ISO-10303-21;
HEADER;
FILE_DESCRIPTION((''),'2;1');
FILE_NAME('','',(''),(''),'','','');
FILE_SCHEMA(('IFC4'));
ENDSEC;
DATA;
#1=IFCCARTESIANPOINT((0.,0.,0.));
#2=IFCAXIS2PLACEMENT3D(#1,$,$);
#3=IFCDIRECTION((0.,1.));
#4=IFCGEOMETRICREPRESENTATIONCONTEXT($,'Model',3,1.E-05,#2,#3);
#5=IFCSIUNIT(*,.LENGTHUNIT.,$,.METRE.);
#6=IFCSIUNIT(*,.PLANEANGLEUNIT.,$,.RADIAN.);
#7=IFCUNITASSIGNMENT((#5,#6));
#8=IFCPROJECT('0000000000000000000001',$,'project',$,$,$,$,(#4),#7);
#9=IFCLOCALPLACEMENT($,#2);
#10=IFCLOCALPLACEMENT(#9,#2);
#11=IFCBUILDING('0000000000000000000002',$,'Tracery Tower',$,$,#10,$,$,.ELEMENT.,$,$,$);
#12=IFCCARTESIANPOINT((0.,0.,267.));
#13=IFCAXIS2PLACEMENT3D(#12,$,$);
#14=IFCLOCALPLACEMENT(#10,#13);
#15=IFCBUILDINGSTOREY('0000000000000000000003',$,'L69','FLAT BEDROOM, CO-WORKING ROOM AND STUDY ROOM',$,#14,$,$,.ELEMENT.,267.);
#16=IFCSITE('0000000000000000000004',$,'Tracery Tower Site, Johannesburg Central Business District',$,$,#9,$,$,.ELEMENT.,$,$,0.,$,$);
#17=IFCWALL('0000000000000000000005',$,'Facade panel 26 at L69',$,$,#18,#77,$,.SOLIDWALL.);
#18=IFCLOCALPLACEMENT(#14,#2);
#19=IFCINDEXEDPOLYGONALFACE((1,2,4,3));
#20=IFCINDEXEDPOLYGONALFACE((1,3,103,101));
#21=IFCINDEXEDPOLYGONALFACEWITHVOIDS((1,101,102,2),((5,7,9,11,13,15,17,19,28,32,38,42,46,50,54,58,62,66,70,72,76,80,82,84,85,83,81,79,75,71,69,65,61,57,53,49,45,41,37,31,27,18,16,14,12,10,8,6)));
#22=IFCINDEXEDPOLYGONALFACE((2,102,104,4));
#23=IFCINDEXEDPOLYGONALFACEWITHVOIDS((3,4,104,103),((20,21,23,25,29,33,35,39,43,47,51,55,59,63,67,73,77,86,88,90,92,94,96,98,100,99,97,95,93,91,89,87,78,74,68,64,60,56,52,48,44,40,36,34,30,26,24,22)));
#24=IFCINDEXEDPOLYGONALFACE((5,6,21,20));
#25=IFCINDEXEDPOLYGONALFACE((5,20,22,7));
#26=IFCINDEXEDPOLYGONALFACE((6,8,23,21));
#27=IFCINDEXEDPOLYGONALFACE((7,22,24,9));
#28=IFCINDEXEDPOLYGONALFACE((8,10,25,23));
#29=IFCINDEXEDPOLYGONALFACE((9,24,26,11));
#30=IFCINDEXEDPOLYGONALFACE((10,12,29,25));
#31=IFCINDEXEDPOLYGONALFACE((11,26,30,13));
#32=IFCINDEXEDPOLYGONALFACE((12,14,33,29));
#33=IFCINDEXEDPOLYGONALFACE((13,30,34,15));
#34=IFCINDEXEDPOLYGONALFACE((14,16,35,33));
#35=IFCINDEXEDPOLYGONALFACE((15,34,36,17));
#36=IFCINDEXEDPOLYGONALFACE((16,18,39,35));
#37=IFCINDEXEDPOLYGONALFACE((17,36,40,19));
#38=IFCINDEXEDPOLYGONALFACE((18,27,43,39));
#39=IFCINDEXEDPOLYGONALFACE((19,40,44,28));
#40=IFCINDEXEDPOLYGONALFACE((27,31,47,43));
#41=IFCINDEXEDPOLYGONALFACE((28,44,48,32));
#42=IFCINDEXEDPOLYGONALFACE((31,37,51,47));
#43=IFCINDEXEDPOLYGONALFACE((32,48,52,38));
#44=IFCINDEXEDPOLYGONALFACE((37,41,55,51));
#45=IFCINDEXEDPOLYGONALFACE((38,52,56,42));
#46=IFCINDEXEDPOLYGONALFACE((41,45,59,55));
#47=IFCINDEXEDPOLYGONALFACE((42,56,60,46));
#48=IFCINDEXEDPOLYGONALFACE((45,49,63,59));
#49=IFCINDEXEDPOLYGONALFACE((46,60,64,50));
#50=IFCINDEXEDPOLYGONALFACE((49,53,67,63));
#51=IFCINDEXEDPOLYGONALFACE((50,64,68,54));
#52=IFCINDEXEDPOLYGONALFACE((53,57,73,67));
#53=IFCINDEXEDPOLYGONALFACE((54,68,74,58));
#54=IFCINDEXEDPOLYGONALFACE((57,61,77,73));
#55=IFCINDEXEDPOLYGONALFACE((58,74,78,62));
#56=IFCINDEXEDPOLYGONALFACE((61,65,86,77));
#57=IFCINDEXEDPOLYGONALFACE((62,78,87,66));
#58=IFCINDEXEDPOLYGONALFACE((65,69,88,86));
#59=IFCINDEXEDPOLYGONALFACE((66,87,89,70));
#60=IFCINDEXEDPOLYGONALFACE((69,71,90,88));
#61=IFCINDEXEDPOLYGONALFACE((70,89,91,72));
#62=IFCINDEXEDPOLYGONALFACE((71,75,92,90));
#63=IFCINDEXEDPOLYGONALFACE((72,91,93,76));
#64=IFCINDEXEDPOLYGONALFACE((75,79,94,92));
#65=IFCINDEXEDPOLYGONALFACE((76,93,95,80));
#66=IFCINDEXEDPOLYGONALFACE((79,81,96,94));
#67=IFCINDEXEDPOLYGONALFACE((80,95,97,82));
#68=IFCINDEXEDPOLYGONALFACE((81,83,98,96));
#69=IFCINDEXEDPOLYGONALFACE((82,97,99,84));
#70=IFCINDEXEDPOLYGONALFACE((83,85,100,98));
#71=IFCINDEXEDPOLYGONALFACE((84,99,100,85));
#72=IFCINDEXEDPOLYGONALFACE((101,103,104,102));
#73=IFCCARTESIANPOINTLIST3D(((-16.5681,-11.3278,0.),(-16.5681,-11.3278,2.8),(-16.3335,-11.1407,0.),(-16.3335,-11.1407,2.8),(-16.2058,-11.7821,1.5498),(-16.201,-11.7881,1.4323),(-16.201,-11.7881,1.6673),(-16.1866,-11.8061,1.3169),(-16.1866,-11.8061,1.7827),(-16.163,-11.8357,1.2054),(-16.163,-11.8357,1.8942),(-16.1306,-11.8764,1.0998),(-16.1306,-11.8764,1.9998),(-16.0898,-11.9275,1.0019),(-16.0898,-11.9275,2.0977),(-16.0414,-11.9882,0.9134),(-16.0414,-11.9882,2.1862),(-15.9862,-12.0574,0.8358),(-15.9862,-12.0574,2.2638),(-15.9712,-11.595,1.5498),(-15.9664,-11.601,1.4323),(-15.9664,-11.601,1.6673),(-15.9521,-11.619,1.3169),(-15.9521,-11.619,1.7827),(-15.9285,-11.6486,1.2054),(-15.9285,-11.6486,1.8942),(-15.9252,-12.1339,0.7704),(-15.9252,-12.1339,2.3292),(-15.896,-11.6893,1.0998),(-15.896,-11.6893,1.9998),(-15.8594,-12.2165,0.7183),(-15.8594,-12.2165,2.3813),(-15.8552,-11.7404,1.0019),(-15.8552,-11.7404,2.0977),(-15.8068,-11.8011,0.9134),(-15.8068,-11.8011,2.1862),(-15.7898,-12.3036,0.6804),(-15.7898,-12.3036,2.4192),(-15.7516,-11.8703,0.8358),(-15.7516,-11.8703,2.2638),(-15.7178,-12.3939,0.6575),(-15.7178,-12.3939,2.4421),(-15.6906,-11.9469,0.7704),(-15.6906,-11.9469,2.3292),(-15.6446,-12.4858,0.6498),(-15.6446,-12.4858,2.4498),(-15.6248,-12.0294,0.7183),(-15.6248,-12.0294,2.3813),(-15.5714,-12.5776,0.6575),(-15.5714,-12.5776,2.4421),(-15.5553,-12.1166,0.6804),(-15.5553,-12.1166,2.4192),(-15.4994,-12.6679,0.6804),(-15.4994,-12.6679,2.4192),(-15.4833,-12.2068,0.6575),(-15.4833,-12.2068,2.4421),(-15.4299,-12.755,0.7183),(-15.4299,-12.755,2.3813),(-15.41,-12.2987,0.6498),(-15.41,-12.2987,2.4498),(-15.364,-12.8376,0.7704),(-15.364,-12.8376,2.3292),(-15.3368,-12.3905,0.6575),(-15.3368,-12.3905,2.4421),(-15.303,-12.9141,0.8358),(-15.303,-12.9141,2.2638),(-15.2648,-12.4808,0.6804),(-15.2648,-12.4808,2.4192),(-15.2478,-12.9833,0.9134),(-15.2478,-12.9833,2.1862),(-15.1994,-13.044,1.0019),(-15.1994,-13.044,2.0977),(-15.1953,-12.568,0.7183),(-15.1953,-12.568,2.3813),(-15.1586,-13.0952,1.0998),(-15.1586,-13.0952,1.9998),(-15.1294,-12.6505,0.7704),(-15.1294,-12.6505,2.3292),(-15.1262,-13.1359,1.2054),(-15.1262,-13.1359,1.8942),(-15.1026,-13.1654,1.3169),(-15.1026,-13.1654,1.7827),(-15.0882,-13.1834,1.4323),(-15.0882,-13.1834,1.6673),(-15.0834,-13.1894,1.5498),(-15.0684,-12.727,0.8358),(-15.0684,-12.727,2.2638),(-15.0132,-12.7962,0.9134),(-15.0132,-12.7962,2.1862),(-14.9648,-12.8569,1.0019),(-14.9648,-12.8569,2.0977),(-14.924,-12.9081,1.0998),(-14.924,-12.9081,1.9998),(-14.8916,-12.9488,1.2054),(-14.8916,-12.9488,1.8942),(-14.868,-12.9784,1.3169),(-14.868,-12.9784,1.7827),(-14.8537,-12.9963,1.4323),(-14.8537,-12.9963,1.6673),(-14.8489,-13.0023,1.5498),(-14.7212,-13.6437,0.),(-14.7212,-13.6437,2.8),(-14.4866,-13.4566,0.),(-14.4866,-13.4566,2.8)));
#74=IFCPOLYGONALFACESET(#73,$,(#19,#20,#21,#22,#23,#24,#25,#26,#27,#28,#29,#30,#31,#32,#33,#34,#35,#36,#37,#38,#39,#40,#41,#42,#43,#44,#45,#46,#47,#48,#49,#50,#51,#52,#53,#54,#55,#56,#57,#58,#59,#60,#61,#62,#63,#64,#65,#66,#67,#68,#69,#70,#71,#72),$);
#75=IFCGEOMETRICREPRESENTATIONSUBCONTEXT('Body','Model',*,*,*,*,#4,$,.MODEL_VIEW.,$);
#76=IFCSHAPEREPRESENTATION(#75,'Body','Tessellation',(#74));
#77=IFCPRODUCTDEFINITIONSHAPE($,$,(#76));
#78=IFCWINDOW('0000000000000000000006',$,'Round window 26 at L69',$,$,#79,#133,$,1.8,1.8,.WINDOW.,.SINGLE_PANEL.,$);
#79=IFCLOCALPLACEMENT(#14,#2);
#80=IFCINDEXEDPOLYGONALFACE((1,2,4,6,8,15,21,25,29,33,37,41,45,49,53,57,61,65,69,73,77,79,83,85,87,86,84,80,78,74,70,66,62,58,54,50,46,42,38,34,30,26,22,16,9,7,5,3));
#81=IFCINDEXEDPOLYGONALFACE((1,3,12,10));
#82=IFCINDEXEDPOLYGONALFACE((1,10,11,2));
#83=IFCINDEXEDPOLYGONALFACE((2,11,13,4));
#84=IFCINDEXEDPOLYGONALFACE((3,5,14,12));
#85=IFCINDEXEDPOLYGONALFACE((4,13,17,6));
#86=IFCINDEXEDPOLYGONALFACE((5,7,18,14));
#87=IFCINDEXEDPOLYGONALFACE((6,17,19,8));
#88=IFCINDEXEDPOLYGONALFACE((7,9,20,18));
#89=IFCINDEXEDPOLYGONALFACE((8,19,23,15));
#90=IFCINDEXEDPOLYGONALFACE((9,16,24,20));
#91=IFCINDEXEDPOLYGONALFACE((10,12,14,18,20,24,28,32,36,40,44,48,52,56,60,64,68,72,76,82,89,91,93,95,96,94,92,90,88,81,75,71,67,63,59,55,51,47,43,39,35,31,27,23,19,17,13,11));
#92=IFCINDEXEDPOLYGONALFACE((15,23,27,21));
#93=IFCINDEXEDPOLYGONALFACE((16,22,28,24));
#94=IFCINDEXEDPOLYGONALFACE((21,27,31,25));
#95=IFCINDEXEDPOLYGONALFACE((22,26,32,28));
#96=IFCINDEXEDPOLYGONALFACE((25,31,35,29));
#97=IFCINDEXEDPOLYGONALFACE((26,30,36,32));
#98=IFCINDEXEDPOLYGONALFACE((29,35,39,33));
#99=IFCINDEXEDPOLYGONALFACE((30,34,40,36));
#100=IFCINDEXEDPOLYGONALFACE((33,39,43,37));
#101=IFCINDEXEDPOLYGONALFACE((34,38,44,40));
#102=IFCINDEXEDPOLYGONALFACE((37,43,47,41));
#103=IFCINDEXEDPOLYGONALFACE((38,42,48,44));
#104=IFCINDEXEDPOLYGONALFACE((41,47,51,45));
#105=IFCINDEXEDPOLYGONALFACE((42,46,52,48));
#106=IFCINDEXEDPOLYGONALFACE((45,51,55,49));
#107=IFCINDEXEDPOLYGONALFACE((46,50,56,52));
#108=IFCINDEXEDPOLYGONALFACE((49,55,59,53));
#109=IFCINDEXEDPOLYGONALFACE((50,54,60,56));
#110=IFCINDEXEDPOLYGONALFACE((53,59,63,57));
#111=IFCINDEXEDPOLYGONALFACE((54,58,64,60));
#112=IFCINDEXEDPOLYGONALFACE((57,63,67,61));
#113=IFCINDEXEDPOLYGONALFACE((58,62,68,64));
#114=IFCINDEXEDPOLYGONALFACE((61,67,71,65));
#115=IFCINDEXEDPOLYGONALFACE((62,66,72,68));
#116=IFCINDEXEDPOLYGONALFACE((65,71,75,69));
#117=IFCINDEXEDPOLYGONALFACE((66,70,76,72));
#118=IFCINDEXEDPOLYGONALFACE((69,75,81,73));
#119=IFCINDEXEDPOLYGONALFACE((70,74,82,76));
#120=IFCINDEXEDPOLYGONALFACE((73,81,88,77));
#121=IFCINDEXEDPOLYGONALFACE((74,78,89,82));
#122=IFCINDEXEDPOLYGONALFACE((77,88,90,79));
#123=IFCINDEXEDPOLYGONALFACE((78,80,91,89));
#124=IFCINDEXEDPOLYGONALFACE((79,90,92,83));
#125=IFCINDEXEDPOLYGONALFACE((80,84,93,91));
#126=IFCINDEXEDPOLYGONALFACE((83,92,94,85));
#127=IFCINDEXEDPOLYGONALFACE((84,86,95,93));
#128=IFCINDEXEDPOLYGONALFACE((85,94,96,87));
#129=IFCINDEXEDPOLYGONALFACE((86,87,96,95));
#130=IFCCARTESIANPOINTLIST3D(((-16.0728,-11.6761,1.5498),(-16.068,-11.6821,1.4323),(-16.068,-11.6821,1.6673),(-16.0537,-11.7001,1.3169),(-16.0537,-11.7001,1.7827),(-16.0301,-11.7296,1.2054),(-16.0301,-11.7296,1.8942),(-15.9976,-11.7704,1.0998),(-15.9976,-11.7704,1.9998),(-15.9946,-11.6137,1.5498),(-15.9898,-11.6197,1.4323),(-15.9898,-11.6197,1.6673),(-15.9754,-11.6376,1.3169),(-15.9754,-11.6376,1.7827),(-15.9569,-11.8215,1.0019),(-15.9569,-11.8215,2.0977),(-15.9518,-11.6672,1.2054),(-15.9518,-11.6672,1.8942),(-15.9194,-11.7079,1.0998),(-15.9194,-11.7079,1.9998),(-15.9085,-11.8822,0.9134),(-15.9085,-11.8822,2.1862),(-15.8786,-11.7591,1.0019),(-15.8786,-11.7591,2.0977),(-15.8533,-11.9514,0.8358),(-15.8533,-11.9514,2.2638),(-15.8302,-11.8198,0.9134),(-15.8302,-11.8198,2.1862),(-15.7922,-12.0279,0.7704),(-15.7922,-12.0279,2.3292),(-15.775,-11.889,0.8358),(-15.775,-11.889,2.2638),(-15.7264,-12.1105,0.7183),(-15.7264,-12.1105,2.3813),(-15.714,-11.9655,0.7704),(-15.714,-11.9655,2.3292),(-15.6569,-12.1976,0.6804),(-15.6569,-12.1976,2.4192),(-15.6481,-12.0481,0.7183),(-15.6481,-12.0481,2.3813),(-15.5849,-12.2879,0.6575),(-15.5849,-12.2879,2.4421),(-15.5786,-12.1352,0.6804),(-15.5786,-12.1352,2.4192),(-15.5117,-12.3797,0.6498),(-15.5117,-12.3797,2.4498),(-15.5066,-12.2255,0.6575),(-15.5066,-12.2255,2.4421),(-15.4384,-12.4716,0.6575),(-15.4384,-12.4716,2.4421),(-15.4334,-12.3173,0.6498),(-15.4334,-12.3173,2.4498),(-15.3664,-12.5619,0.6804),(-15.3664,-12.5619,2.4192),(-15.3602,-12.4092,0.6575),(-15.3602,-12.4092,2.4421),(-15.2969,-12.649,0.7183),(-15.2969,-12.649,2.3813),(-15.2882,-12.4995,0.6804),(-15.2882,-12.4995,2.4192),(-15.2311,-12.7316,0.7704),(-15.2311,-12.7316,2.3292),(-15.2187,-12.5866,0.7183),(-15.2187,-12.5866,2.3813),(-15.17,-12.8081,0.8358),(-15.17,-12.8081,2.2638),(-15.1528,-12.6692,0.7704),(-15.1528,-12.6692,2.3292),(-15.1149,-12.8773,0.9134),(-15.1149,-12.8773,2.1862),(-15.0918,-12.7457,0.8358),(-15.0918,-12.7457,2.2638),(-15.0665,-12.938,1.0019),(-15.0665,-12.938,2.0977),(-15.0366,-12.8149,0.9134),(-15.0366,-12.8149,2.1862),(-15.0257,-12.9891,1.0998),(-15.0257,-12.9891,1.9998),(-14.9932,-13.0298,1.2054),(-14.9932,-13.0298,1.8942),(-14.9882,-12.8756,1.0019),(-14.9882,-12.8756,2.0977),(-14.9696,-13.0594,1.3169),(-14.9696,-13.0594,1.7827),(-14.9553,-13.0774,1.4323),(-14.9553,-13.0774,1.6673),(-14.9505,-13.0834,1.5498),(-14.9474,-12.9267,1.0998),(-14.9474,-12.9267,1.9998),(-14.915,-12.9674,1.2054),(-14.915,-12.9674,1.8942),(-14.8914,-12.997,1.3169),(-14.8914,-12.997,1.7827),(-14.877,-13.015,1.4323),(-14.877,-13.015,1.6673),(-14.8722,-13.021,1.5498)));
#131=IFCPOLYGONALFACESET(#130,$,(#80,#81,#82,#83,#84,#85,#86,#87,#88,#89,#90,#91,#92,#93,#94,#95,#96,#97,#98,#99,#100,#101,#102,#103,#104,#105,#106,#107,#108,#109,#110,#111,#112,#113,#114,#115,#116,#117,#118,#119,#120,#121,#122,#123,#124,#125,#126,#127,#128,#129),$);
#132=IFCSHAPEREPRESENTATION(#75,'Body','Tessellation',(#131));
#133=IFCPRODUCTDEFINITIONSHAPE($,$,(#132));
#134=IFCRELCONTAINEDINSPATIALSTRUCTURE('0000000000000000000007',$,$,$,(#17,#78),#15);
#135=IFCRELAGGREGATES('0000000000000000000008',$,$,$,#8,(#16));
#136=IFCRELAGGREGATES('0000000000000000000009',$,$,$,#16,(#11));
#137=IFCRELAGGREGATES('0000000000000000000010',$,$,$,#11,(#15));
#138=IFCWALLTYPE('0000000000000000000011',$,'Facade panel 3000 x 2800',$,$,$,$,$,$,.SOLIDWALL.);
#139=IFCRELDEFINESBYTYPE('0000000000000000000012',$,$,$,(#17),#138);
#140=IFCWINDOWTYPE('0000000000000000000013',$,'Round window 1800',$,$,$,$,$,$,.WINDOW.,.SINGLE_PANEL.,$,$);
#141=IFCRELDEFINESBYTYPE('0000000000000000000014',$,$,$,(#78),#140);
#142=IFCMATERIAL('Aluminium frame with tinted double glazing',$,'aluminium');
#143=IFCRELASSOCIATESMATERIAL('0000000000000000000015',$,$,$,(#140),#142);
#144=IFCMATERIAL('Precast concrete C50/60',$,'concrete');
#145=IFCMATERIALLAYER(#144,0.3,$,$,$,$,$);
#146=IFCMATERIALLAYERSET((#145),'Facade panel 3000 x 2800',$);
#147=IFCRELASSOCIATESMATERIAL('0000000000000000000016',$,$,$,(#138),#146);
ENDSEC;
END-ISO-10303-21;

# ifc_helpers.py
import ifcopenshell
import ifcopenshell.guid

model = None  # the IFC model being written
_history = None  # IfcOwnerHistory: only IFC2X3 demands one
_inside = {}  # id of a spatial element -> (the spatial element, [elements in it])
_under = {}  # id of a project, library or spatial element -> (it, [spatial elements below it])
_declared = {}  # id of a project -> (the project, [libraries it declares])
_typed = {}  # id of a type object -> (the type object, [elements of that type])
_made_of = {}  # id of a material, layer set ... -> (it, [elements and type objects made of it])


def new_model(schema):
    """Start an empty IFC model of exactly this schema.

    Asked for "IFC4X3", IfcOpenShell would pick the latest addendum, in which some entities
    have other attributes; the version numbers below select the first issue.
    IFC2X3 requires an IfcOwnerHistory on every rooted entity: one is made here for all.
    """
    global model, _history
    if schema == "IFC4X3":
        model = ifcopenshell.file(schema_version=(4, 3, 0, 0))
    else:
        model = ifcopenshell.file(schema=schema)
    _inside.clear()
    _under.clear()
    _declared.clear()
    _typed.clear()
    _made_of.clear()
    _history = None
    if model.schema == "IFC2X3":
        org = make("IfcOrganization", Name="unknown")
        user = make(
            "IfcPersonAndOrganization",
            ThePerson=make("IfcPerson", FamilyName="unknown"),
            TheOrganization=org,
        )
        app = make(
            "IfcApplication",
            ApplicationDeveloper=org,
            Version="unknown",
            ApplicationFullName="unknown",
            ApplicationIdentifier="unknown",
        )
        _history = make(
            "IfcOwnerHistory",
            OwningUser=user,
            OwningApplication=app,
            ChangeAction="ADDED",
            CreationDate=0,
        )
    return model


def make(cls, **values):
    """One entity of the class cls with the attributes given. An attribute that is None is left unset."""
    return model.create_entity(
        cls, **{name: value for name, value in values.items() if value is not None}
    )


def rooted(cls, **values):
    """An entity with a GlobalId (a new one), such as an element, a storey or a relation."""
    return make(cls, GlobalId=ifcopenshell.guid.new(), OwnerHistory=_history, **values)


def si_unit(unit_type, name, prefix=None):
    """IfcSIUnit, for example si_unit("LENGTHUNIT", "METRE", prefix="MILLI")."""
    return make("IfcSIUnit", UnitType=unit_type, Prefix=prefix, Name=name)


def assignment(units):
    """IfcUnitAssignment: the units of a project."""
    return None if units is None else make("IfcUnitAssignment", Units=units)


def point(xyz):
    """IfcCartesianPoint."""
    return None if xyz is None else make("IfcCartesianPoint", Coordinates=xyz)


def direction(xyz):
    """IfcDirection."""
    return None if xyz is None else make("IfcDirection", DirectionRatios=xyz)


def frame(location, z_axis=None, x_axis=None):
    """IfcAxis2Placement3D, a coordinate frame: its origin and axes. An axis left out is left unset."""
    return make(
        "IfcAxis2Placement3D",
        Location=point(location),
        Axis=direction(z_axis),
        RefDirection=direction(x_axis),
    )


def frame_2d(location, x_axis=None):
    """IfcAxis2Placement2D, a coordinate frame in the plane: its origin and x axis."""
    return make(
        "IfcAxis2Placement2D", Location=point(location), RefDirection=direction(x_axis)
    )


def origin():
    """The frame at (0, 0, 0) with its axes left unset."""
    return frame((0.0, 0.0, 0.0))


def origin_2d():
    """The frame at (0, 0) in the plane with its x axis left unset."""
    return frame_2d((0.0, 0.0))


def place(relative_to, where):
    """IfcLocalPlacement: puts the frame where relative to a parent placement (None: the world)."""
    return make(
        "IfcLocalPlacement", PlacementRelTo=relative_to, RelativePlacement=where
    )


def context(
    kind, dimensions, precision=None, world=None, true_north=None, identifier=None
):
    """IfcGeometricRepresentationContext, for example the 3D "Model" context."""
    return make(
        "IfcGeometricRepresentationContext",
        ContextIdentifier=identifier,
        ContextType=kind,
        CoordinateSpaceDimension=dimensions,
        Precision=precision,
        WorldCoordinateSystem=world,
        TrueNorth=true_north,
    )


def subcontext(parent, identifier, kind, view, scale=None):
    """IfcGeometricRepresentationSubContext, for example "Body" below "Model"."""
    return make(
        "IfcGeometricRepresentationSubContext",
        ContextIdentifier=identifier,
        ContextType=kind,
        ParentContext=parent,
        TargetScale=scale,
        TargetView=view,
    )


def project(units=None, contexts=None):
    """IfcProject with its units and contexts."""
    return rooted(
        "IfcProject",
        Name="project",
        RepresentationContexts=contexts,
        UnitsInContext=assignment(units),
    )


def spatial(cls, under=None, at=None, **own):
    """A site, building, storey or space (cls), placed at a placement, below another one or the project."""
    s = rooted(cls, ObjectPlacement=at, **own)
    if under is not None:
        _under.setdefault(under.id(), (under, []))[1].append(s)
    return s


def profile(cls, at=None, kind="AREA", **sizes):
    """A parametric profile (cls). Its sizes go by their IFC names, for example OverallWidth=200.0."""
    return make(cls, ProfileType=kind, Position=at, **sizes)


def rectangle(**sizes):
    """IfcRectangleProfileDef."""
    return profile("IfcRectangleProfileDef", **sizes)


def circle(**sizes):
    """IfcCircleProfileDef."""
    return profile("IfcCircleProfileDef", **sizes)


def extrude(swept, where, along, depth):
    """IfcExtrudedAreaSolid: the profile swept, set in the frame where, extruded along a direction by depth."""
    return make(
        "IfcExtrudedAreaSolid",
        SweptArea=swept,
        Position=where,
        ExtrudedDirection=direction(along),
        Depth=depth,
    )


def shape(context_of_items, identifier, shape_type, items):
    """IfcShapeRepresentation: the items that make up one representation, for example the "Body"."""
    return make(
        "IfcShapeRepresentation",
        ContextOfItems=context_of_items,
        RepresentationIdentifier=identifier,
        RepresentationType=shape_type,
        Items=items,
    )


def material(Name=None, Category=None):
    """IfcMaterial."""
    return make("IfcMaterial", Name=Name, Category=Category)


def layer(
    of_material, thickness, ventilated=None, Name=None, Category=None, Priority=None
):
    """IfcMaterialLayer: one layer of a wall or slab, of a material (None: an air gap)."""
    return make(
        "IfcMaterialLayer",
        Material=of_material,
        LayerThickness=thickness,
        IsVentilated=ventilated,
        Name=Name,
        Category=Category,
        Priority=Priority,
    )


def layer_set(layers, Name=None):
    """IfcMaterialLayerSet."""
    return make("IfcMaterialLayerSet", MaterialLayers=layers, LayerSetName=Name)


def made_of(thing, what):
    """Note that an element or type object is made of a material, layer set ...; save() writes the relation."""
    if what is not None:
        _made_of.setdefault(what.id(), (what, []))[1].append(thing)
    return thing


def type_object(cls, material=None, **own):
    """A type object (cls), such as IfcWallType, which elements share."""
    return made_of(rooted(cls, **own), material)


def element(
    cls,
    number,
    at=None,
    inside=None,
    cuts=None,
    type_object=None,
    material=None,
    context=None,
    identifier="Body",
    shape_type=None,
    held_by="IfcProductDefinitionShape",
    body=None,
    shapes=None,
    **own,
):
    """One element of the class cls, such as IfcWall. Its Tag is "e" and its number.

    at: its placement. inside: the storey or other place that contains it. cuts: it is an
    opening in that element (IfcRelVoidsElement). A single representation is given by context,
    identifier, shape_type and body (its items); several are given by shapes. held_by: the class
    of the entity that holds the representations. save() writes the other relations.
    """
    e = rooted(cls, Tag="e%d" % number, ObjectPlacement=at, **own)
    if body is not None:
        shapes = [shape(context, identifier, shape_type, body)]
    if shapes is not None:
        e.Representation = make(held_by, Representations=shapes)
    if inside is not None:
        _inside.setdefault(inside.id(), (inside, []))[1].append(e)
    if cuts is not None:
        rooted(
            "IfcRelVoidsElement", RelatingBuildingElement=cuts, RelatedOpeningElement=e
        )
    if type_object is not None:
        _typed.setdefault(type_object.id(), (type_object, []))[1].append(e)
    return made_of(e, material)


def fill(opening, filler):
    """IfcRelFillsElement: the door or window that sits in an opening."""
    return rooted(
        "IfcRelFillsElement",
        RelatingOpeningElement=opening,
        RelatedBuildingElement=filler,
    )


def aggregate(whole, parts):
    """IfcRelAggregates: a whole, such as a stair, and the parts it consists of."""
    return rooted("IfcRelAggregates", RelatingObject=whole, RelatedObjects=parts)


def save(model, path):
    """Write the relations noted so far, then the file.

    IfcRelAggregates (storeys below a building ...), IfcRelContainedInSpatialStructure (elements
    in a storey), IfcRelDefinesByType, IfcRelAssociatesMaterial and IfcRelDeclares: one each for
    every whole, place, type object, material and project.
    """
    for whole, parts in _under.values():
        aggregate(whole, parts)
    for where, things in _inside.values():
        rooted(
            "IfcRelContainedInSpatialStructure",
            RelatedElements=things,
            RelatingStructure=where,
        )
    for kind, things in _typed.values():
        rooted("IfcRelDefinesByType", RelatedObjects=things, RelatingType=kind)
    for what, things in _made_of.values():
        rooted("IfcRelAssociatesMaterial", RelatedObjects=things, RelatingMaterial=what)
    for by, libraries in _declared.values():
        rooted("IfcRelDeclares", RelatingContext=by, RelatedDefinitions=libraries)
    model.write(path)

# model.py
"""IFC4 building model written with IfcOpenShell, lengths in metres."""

from ifc_helpers import new_model, si_unit, direction, frame, frame_2d, origin, origin_2d, place, context, subcontext, project, spatial, rectangle, circle, extrude, material, layer, layer_set, type_object, element, fill, save


model = new_model("IFC4")

# Units and contexts
model_context = context("Model", 3, precision=1e-05, world=origin(), true_north=direction((0.0, 1.0)))
body_context = subcontext(model_context, "Body", "Model", "MODEL_VIEW")
ifc_project = project(units=[si_unit("LENGTHUNIT", "METRE"), si_unit("PLANEANGLEUNIT", "RADIAN")], contexts=[model_context])

# Site, building, storey
site_placement = place(None, origin())
site = spatial("IfcSite", under=ifc_project, at=site_placement, Name="Tracery Tower Site, Johannesburg Central Business District", CompositionType="ELEMENT", RefElevation=0.0)
building_placement = place(site_placement, origin())
building = spatial("IfcBuilding", under=site, at=building_placement, Name="Tracery Tower", CompositionType="ELEMENT")
storey_placement = place(building_placement, frame((0.0, 0.0, 267.0)))
storey = spatial("IfcBuildingStorey", under=building, at=storey_placement, Name="L69", Description="FLAT BEDROOM, CO-WORKING ROOM AND STUDY ROOM", CompositionType="ELEMENT", Elevation=267.0)

# Wall, opening, window
ifc_material_1 = material(Name="Aluminium frame with tinted double glazing", Category="aluminium")
window_type = type_object("IfcWindowType", Name="Round window 1800", PartitioningType="SINGLE_PANEL", PredefinedType="WINDOW", material=ifc_material_1)
ifc_material_2 = material(Name="Precast concrete C50/60", Category="concrete")
ifc_layer_1 = layer(ifc_material_2, 0.3)
ifc_layer_set_1 = layer_set([ifc_layer_1], Name="Facade panel 3000 x 2800")
wall_type_1 = type_object("IfcWallType", Name="Facade panel 3000 x 2800", PredefinedType="SOLIDWALL", material=ifc_layer_set_1)
wall_1_placement = place(storey_placement, frame((-16.4507, -11.2344, 0.0), z_axis=(0.0, 0.0, 1.0), x_axis=(0.623498, -0.781825, 0.0)))
wall_1 = element("IfcWall", 1, at=wall_1_placement, inside=storey, type_object=wall_type_1, Name="Facade panel 26 at L69", PredefinedType="SOLIDWALL", context=body_context, shape_type="SweptSolid", body=[
    extrude(rectangle(XDim=2.9622, YDim=0.3, at=frame_2d((1.481, 0.0))), origin(), (0.0, 0.0, 1.0), 2.8),
])
opening_1_placement = place(wall_1_placement, frame((1.481, 0.0, 1.5498)))
opening_1 = element("IfcOpeningElement", 2, at=opening_1_placement, cuts=wall_1, PredefinedType="OPENING", context=body_context, shape_type="SweptSolid", body=[
    extrude(circle(Radius=0.9, at=origin_2d()), frame((0.0, 0.1599, 0.0), z_axis=(0.0, -1.0, 0.0), x_axis=(1.0, 0.0, 0.0)), (0.0, 0.0, 1.0), 0.3201),
])
window_1_placement = place(opening_1_placement, origin())
window_1 = element("IfcWindow", 3, at=window_1_placement, inside=storey, type_object=window_type, Name="Round window 26 at L69", OverallHeight=1.8, OverallWidth=1.8, PartitioningType="SINGLE_PANEL", PredefinedType="WINDOW", context=body_context, shape_type="SweptSolid", body=[
    extrude(circle(Radius=0.9, at=origin_2d()), frame((0.0, 0.1201, 0.0), z_axis=(0.0, -1.0, 0.0), x_axis=(1.0, 0.0, 0.0)), (0.0, 0.0, 1.0), 0.1001),
])
fill(opening_1, window_1)

save(model, "model.ifc")
